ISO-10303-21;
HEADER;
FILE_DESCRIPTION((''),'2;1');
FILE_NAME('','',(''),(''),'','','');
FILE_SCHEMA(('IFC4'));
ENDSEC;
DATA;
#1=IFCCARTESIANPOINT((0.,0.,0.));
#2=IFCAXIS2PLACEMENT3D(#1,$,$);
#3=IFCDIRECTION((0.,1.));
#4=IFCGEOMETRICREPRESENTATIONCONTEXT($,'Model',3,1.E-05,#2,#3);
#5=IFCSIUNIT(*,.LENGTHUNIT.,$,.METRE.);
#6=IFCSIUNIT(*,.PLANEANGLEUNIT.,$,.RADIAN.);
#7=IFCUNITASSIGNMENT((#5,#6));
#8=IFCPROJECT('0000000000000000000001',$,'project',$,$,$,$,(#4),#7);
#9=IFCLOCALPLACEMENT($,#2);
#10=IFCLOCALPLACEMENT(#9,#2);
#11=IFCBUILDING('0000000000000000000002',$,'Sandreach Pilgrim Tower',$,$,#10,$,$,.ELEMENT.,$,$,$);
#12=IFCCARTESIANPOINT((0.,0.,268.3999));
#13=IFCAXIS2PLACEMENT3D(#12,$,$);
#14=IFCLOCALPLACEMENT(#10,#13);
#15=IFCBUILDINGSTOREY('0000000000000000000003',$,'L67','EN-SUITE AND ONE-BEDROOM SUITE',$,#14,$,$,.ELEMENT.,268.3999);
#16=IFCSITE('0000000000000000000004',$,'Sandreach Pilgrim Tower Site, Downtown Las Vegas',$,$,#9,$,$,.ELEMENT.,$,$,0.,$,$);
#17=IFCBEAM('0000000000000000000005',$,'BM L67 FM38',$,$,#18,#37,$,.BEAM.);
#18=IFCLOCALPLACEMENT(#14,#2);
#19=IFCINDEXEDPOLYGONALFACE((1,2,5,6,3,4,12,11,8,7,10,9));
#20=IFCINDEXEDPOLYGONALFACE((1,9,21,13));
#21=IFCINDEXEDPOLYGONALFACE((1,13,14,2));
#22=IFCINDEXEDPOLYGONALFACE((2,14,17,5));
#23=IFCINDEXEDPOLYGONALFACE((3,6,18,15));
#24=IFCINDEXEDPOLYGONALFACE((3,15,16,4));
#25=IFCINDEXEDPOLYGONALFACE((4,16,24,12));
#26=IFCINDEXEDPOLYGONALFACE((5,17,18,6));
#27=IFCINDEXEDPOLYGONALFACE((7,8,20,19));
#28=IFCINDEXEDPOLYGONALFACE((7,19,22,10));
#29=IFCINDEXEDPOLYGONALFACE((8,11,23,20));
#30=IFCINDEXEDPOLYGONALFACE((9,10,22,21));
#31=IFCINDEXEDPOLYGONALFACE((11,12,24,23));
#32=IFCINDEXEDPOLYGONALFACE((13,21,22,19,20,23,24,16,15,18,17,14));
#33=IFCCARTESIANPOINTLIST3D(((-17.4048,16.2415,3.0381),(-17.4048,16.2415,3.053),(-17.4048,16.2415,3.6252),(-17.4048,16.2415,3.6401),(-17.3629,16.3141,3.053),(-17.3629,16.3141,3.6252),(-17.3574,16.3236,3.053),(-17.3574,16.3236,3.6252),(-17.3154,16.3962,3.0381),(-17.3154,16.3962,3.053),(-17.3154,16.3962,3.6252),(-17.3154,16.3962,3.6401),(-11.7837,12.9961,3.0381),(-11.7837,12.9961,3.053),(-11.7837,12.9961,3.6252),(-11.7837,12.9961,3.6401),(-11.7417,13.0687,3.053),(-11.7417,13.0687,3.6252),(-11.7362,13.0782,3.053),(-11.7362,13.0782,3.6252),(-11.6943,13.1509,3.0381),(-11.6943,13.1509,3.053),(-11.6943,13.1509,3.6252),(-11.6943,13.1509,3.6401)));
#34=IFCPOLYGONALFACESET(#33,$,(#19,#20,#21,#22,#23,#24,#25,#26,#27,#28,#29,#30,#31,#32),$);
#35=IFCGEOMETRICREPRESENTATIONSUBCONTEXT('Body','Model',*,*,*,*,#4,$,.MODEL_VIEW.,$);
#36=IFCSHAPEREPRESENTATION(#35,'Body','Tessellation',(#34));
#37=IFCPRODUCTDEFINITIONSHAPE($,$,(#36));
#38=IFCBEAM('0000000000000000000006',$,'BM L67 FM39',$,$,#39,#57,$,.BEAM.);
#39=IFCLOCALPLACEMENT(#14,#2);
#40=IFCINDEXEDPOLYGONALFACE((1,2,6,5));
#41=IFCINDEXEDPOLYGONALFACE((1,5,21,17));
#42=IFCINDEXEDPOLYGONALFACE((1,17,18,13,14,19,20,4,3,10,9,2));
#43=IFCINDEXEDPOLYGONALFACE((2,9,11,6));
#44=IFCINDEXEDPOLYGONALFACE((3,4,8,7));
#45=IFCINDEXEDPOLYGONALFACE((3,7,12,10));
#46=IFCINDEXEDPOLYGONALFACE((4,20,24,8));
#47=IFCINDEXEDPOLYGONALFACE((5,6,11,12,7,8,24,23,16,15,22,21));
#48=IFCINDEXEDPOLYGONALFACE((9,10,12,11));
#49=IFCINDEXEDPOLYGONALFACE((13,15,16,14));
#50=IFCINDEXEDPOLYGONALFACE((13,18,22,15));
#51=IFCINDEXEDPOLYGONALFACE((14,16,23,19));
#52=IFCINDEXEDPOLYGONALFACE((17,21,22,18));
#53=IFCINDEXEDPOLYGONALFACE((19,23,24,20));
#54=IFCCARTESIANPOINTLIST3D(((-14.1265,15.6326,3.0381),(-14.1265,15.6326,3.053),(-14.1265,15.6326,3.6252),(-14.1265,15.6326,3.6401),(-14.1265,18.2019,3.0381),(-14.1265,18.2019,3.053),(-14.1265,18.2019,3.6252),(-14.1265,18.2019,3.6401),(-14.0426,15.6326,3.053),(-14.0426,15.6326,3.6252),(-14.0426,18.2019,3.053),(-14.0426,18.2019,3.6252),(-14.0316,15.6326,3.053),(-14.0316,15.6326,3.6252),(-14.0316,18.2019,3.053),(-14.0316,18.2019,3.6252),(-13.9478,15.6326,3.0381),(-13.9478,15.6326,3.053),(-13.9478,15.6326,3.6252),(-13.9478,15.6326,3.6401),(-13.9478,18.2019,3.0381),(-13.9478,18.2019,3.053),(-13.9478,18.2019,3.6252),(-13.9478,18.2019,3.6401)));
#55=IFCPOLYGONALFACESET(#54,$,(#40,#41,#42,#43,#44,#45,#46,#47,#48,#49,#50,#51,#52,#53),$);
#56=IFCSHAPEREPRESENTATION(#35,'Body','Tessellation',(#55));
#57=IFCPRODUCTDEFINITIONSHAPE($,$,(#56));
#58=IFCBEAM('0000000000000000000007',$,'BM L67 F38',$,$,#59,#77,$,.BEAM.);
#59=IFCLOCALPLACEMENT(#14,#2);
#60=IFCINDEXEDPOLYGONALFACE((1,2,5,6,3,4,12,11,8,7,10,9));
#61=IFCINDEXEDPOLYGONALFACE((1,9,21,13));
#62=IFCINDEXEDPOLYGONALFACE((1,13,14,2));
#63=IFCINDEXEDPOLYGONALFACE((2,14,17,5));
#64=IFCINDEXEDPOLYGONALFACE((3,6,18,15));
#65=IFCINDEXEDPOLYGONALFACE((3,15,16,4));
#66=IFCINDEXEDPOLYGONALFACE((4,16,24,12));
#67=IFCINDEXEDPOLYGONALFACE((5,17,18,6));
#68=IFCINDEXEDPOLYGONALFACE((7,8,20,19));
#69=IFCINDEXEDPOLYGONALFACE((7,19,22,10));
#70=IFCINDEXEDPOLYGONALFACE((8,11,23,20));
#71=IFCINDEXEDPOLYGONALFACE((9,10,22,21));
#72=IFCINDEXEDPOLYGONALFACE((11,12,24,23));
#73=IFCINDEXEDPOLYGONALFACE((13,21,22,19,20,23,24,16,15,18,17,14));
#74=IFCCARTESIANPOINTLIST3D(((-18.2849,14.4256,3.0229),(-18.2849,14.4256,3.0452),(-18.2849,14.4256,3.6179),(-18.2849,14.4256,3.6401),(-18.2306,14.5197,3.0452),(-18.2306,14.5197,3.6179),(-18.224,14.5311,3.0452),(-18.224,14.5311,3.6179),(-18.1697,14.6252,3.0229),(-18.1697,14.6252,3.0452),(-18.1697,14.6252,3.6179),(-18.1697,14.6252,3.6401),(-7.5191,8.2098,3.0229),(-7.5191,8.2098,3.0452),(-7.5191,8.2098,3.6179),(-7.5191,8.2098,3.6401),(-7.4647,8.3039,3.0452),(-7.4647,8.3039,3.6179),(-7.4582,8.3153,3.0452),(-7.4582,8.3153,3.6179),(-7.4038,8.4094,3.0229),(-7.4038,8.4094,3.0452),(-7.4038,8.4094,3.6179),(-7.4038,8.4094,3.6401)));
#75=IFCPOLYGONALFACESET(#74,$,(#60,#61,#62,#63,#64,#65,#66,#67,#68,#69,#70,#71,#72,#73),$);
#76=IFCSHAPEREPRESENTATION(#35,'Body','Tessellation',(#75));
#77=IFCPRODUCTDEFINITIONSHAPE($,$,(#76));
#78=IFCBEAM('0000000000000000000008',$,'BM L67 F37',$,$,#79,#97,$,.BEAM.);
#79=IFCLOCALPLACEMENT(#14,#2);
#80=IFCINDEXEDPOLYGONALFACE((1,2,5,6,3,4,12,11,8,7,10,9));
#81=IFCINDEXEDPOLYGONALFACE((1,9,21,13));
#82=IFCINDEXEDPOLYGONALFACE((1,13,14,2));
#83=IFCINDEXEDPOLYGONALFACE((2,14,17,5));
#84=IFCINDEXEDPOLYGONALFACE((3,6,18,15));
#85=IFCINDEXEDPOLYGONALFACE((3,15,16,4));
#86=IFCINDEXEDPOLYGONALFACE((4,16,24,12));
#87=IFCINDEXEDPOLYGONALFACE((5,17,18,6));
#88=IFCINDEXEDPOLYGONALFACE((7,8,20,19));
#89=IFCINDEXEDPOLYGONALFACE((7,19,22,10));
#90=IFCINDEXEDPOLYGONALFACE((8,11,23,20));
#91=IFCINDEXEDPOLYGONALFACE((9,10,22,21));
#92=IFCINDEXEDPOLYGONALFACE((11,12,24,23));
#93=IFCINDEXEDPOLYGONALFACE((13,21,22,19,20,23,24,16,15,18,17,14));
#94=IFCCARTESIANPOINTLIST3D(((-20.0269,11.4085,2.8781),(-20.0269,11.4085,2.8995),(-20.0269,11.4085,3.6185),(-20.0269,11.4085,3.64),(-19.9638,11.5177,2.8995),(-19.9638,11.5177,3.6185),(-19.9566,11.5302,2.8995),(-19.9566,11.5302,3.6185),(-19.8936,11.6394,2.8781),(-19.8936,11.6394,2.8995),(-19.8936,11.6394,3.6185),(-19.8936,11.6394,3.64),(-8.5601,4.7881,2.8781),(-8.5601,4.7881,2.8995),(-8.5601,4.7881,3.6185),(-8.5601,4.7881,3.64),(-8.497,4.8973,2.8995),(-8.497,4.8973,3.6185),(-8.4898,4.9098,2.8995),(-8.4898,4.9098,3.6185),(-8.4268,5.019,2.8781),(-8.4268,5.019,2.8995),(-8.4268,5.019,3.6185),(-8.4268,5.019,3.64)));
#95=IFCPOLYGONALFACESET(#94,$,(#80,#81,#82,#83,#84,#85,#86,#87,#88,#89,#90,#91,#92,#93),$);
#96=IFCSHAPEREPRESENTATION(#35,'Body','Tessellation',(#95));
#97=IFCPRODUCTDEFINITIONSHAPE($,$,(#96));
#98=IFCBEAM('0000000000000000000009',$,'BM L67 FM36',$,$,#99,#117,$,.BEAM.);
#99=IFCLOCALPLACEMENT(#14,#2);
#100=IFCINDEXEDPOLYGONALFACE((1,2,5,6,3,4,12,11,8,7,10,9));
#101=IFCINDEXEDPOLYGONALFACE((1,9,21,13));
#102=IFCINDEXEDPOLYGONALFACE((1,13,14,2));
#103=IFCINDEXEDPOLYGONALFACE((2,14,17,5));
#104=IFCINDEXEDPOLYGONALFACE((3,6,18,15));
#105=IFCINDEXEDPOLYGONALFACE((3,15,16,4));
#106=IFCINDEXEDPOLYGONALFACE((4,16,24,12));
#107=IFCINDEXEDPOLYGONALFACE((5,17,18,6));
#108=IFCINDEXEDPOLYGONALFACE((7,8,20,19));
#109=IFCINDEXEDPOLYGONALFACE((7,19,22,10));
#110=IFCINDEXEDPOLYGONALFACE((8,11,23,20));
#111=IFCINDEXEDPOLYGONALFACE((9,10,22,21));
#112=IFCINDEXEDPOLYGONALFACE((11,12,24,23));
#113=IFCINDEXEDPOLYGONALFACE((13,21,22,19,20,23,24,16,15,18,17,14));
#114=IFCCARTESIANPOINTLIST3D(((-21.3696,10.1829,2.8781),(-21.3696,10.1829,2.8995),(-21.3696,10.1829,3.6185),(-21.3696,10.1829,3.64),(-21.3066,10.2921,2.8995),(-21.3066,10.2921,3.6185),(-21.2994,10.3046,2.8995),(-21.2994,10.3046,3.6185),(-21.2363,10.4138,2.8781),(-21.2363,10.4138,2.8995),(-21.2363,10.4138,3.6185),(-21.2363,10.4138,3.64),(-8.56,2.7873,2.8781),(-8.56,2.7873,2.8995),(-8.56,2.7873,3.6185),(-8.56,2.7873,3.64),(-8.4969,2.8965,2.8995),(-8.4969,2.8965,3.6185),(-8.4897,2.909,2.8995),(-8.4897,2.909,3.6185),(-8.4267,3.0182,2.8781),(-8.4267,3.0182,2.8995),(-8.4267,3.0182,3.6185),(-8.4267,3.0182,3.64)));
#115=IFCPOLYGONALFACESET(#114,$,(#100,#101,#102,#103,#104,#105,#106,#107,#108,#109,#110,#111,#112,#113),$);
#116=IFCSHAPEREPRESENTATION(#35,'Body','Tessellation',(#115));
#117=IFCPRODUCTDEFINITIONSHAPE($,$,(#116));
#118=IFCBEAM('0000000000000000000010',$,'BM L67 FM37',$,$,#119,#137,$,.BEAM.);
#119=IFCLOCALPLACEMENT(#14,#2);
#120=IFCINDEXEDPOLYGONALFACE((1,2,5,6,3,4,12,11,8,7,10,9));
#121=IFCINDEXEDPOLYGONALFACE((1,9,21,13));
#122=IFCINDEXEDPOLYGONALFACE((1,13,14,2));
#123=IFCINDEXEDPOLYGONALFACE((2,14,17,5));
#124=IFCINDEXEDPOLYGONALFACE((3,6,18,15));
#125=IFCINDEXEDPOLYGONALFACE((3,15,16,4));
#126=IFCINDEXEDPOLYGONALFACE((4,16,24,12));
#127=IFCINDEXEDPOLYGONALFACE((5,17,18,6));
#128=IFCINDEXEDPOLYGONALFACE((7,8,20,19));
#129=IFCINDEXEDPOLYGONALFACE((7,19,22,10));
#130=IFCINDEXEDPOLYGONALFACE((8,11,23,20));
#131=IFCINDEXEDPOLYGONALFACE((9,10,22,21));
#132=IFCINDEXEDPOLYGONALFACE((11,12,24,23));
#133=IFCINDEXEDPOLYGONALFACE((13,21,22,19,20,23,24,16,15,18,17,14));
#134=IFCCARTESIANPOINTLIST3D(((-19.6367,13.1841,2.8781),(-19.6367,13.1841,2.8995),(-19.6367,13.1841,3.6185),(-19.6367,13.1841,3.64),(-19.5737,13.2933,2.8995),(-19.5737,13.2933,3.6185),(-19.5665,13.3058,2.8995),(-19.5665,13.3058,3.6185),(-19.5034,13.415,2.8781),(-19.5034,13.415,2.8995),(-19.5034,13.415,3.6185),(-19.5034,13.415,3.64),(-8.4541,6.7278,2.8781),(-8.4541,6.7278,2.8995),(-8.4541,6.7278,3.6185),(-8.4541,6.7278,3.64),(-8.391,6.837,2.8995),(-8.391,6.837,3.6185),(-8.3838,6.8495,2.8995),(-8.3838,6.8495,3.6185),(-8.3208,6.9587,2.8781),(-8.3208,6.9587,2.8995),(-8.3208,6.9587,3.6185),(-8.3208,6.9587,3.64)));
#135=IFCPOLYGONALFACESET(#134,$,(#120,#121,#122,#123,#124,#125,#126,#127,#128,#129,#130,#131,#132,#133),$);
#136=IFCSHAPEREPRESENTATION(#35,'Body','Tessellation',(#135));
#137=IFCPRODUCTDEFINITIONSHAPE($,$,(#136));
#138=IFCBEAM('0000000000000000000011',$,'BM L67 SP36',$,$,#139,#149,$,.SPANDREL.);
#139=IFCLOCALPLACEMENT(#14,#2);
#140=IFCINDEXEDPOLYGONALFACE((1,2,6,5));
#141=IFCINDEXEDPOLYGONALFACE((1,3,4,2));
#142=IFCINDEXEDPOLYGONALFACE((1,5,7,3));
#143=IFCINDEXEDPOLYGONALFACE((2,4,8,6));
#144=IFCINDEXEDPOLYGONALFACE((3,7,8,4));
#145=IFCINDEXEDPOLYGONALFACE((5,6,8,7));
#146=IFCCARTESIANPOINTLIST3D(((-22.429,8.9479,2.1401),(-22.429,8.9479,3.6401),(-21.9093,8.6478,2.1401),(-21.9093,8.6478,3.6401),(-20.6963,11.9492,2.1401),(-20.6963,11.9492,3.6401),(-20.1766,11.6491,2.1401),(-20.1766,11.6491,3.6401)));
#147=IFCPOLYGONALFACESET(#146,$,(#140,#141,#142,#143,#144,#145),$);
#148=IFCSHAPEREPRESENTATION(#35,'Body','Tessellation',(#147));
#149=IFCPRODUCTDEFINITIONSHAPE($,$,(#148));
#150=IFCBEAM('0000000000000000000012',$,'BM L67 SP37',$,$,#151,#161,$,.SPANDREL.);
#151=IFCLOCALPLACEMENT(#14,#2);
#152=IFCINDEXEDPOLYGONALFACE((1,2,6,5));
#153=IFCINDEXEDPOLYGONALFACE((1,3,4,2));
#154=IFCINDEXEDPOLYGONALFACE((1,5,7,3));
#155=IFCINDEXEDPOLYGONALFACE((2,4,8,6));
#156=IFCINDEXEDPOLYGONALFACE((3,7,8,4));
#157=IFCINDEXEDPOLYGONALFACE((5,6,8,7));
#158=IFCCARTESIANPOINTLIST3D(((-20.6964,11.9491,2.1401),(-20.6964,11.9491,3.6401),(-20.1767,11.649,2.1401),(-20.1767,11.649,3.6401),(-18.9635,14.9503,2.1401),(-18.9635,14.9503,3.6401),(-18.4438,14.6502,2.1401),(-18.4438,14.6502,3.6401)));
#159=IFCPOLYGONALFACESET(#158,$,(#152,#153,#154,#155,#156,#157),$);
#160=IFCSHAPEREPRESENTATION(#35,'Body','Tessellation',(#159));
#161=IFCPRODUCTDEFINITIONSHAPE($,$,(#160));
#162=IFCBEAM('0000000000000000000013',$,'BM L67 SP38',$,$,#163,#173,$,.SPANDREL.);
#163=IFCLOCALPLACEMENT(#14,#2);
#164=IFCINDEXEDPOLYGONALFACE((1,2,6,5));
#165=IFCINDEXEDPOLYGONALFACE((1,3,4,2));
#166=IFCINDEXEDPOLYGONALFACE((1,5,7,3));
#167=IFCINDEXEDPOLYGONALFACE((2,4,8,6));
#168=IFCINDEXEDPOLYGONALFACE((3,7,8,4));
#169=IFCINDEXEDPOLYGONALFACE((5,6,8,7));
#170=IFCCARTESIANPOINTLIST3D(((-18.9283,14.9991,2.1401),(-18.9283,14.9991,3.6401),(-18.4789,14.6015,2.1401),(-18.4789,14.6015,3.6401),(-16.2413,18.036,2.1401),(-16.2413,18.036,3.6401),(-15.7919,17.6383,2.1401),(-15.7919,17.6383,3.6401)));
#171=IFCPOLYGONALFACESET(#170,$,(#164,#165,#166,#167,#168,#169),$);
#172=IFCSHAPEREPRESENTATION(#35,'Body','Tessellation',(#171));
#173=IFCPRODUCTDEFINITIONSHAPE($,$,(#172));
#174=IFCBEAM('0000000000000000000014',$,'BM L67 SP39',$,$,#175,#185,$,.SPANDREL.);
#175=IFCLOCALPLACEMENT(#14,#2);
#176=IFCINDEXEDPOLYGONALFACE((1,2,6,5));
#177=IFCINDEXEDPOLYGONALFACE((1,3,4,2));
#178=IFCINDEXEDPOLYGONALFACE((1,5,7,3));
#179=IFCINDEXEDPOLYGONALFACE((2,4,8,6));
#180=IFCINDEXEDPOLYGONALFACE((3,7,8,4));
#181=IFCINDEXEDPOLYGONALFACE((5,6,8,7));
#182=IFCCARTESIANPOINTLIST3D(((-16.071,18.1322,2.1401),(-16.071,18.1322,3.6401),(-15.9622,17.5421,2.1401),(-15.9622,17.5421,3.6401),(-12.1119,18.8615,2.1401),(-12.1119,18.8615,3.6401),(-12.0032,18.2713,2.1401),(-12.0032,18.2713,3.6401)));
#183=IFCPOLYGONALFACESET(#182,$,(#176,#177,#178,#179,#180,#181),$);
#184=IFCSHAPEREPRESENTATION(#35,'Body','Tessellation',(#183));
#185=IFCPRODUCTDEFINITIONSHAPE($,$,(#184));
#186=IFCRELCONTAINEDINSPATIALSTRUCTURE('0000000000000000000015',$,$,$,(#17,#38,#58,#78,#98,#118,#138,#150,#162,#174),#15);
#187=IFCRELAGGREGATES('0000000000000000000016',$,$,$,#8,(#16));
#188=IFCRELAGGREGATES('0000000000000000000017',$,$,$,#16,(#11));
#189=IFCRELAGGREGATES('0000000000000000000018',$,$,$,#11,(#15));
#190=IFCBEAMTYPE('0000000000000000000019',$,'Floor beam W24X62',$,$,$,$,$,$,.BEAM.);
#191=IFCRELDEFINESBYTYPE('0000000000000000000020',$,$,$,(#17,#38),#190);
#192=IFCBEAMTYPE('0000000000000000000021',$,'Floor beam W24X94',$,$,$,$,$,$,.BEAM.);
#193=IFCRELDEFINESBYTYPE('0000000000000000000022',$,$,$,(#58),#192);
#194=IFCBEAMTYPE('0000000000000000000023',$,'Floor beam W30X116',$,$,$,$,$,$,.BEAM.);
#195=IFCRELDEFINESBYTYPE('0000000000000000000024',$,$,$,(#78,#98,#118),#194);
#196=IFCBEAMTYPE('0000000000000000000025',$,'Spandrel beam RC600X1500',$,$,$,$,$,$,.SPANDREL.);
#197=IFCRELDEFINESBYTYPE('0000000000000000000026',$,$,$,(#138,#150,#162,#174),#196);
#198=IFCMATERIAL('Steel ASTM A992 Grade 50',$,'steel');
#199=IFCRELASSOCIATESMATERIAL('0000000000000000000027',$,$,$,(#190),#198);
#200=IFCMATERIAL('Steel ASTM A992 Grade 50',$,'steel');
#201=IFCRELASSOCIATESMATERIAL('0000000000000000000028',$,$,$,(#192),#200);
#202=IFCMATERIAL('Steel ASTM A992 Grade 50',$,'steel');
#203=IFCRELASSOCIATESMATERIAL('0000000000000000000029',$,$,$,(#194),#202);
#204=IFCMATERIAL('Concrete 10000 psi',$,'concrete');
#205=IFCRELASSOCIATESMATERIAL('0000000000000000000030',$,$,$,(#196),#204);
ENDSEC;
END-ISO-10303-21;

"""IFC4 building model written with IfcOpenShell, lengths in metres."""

from ifc_helpers import new_model, si_unit, direction, frame, origin, origin_2d, place, context, subcontext, project, spatial, rectangle, i_section, extrude, material, material_profile, profile_set, type_object, element, save


model = new_model("IFC4")

# Units and contexts
model_context = context("Model", 3, precision=1e-05, world=origin(), true_north=direction((0.0, 1.0)))
body_context = subcontext(model_context, "Body", "Model", "MODEL_VIEW")
ifc_project = project(units=[si_unit("LENGTHUNIT", "METRE"), si_unit("PLANEANGLEUNIT", "RADIAN")], contexts=[model_context])

# Site, building, storey
site_placement = place(None, origin())
site = spatial("IfcSite", under=ifc_project, at=site_placement, Name="Sandreach Pilgrim Tower Site, Downtown Las Vegas", CompositionType="ELEMENT", RefElevation=0.0)
building_placement = place(site_placement, origin())
building = spatial("IfcBuilding", under=site, at=building_placement, Name="Sandreach Pilgrim Tower", CompositionType="ELEMENT")
storey_placement = place(building_placement, frame((0.0, 0.0, 268.3999)))
storey = spatial("IfcBuildingStorey", under=building, at=storey_placement, Name="L67", Description="EN-SUITE AND ONE-BEDROOM SUITE", CompositionType="ELEMENT", Elevation=268.3999)

# Beams
ifc_material_1 = material(Name="Steel ASTM A992 Grade 50", Category="steel")
ifc_material_profile_1 = material_profile(ifc_material_1, i_section(OverallWidth=0.1787, OverallDepth=0.6021, WebThickness=0.011, FlangeThickness=0.0149, at=origin_2d()), Name="W24X62")
ifc_profile_set_1 = profile_set([ifc_material_profile_1], Name="Steel ASTM A992 Grade 50")
beam_type_1 = type_object("IfcBeamType", Name="Floor beam W24X62", PredefinedType="BEAM", material=ifc_profile_set_1)
beam_1_placement = place(storey_placement, frame((-17.3601, 16.3188, 3.3391), z_axis=(0.866024, -0.500002, 0.0), x_axis=(0.500002, 0.866024, 0.0)))
element("IfcBeam", 1, at=beam_1_placement, inside=storey, type_object=beam_type_1, Name="BM L67 FM38", PredefinedType="BEAM", context=body_context, shape_type="SweptSolid", body=[
    extrude(i_section(OverallWidth=0.1787, OverallDepth=0.6021, WebThickness=0.011, FlangeThickness=0.0149, at=origin_2d()), origin(), (0.0, 0.0, 1.0), 6.4907),
])
beam_2_placement = place(storey_placement, frame((-14.0371, 18.2019, 3.3391), z_axis=(0.0, -1.0, 0.0), x_axis=(1.0, 0.0, 0.0)))
element("IfcBeam", 2, at=beam_2_placement, inside=storey, type_object=beam_type_1, Name="BM L67 FM39", PredefinedType="BEAM", context=body_context, shape_type="SweptSolid", body=[
    extrude(i_section(OverallWidth=0.1787, OverallDepth=0.6021, WebThickness=0.011, FlangeThickness=0.0149, at=origin_2d()), origin(), (0.0, 0.0, 1.0), 2.5693),
])
ifc_material_2 = material(Name="Steel ASTM A992 Grade 50", Category="steel")
ifc_material_profile_2 = material_profile(ifc_material_2, i_section(OverallWidth=0.2305, OverallDepth=0.6172, WebThickness=0.0132, FlangeThickness=0.0222, at=origin_2d()), Name="W24X94")
ifc_profile_set_2 = profile_set([ifc_material_profile_2], Name="Steel ASTM A992 Grade 50")
beam_type_2 = type_object("IfcBeamType", Name="Floor beam W24X94", PredefinedType="BEAM", material=ifc_profile_set_2)
beam_3_placement = place(storey_placement, frame((-18.2273, 14.5254, 3.3315), z_axis=(0.86602, -0.500009, 0.0), x_axis=(0.500009, 0.86602, 0.0)))
element("IfcBeam", 3, at=beam_3_placement, inside=storey, type_object=beam_type_2, Name="BM L67 F38", PredefinedType="BEAM", context=body_context, shape_type="SweptSolid", body=[
    extrude(i_section(OverallWidth=0.2305, OverallDepth=0.6172, WebThickness=0.0132, FlangeThickness=0.0222, at=origin_2d()), origin(), (0.0, 0.0, 1.0), 12.4314),
])
ifc_material_3 = material(Name="Steel ASTM A992 Grade 50", Category="steel")
ifc_material_profile_3 = material_profile(ifc_material_3, i_section(OverallWidth=0.2666, OverallDepth=0.762, WebThickness=0.0144, FlangeThickness=0.0215, at=origin_2d()), Name="W30X116")
ifc_profile_set_3 = profile_set([ifc_material_profile_3], Name="Steel ASTM A992 Grade 50")
beam_type_3 = type_object("IfcBeamType", Name="Floor beam W30X116", PredefinedType="BEAM", material=ifc_profile_set_3)
beam_4_placement = place(storey_placement, frame((-19.9602, 11.5239, 3.259), z_axis=(0.866025, -0.5, 0.0), x_axis=(0.5, 0.866025, 0.0)))
element("IfcBeam", 4, at=beam_4_placement, inside=storey, type_object=beam_type_3, Name="BM L67 F37", PredefinedType="BEAM", context=body_context, shape_type="SweptSolid", body=[
    extrude(i_section(OverallWidth=0.2666, OverallDepth=0.762, WebThickness=0.0144, FlangeThickness=0.0215, at=origin_2d()), origin(), (0.0, 0.0, 1.0), 13.2407),
])
beam_5_placement = place(storey_placement, frame((-21.303, 10.2983, 3.259), z_axis=(0.866028, -0.499995, 0.0), x_axis=(0.499995, 0.866028, 0.0)))
element("IfcBeam", 5, at=beam_5_placement, inside=storey, type_object=beam_type_3, Name="BM L67 FM36", PredefinedType="BEAM", context=body_context, shape_type="SweptSolid", body=[
    extrude(i_section(OverallWidth=0.2666, OverallDepth=0.762, WebThickness=0.0144, FlangeThickness=0.0215, at=origin_2d()), origin(), (0.0, 0.0, 1.0), 14.7913),
])
beam_6_placement = place(storey_placement, frame((-19.5701, 13.2996, 3.259), z_axis=(0.866025, -0.500001, 0.0), x_axis=(0.500001, 0.866025, 0.0)))
element("IfcBeam", 6, at=beam_6_placement, inside=storey, type_object=beam_type_3, Name="BM L67 FM37", PredefinedType="BEAM", context=body_context, shape_type="SweptSolid", body=[
    extrude(i_section(OverallWidth=0.2666, OverallDepth=0.762, WebThickness=0.0144, FlangeThickness=0.0215, at=origin_2d()), origin(), (0.0, 0.0, 1.0), 12.9126),
])
ifc_material_4 = material(Name="Concrete 10000 psi", Category="concrete")
ifc_material_profile_4 = material_profile(ifc_material_4, rectangle(XDim=0.6001, YDim=1.5, at=origin_2d()), Name="RC600X1500")
ifc_profile_set_4 = profile_set([ifc_material_profile_4], Name="Concrete 10000 psi")
beam_type_4 = type_object("IfcBeamType", Name="Spandrel beam RC600X1500", PredefinedType="SPANDREL", material=ifc_profile_set_4)
for number, where, z_axis, x_axis, name in (
    (7, (-22.1692, 8.7979, 2.8901), (0.499981, 0.866037, 0.0), (-0.866037, 0.499981, 0.0), "BM L67 SP36"),
    (8, (-20.4365, 11.7991, 2.8901), (0.500033, 0.866006, 0.0), (-0.866006, 0.500033, 0.0), "BM L67 SP37"),
):
    element("IfcBeam", number, at=place(storey_placement, frame(where, z_axis=z_axis, x_axis=x_axis)), inside=storey, type_object=beam_type_4, Name=name, PredefinedType="SPANDREL", context=body_context, shape_type="SweptSolid", body=[
        extrude(rectangle(XDim=0.6001, YDim=1.5, at=origin_2d()), origin(), (0.0, 0.0, 1.0), 3.4656),
    ])
beam_7_placement = place(storey_placement, frame((-18.7036, 14.8003, 2.8901), z_axis=(0.662651, 0.748929, 0.0), x_axis=(-0.748929, 0.662651, 0.0)))
element("IfcBeam", 9, at=beam_7_placement, inside=storey, type_object=beam_type_4, Name="BM L67 SP38", PredefinedType="SPANDREL", context=body_context, shape_type="SweptSolid", body=[
    extrude(rectangle(XDim=0.6001, YDim=1.5, at=origin_2d()), origin(), (0.0, 0.0, 1.0), 4.0549),
])
beam_8_placement = place(storey_placement, frame((-16.0166, 17.8372, 2.8901), z_axis=(0.983455, 0.181153, 0.0), x_axis=(-0.181153, 0.983455, 0.0)))
element("IfcBeam", 10, at=beam_8_placement, inside=storey, type_object=beam_type_4, Name="BM L67 SP39", PredefinedType="SPANDREL", context=body_context, shape_type="SweptSolid", body=[
    extrude(rectangle(XDim=0.6001, YDim=1.5, at=origin_2d()), origin(), (0.0, 0.0, 1.0), 4.0256),
])

save(model, "model.ifc")
